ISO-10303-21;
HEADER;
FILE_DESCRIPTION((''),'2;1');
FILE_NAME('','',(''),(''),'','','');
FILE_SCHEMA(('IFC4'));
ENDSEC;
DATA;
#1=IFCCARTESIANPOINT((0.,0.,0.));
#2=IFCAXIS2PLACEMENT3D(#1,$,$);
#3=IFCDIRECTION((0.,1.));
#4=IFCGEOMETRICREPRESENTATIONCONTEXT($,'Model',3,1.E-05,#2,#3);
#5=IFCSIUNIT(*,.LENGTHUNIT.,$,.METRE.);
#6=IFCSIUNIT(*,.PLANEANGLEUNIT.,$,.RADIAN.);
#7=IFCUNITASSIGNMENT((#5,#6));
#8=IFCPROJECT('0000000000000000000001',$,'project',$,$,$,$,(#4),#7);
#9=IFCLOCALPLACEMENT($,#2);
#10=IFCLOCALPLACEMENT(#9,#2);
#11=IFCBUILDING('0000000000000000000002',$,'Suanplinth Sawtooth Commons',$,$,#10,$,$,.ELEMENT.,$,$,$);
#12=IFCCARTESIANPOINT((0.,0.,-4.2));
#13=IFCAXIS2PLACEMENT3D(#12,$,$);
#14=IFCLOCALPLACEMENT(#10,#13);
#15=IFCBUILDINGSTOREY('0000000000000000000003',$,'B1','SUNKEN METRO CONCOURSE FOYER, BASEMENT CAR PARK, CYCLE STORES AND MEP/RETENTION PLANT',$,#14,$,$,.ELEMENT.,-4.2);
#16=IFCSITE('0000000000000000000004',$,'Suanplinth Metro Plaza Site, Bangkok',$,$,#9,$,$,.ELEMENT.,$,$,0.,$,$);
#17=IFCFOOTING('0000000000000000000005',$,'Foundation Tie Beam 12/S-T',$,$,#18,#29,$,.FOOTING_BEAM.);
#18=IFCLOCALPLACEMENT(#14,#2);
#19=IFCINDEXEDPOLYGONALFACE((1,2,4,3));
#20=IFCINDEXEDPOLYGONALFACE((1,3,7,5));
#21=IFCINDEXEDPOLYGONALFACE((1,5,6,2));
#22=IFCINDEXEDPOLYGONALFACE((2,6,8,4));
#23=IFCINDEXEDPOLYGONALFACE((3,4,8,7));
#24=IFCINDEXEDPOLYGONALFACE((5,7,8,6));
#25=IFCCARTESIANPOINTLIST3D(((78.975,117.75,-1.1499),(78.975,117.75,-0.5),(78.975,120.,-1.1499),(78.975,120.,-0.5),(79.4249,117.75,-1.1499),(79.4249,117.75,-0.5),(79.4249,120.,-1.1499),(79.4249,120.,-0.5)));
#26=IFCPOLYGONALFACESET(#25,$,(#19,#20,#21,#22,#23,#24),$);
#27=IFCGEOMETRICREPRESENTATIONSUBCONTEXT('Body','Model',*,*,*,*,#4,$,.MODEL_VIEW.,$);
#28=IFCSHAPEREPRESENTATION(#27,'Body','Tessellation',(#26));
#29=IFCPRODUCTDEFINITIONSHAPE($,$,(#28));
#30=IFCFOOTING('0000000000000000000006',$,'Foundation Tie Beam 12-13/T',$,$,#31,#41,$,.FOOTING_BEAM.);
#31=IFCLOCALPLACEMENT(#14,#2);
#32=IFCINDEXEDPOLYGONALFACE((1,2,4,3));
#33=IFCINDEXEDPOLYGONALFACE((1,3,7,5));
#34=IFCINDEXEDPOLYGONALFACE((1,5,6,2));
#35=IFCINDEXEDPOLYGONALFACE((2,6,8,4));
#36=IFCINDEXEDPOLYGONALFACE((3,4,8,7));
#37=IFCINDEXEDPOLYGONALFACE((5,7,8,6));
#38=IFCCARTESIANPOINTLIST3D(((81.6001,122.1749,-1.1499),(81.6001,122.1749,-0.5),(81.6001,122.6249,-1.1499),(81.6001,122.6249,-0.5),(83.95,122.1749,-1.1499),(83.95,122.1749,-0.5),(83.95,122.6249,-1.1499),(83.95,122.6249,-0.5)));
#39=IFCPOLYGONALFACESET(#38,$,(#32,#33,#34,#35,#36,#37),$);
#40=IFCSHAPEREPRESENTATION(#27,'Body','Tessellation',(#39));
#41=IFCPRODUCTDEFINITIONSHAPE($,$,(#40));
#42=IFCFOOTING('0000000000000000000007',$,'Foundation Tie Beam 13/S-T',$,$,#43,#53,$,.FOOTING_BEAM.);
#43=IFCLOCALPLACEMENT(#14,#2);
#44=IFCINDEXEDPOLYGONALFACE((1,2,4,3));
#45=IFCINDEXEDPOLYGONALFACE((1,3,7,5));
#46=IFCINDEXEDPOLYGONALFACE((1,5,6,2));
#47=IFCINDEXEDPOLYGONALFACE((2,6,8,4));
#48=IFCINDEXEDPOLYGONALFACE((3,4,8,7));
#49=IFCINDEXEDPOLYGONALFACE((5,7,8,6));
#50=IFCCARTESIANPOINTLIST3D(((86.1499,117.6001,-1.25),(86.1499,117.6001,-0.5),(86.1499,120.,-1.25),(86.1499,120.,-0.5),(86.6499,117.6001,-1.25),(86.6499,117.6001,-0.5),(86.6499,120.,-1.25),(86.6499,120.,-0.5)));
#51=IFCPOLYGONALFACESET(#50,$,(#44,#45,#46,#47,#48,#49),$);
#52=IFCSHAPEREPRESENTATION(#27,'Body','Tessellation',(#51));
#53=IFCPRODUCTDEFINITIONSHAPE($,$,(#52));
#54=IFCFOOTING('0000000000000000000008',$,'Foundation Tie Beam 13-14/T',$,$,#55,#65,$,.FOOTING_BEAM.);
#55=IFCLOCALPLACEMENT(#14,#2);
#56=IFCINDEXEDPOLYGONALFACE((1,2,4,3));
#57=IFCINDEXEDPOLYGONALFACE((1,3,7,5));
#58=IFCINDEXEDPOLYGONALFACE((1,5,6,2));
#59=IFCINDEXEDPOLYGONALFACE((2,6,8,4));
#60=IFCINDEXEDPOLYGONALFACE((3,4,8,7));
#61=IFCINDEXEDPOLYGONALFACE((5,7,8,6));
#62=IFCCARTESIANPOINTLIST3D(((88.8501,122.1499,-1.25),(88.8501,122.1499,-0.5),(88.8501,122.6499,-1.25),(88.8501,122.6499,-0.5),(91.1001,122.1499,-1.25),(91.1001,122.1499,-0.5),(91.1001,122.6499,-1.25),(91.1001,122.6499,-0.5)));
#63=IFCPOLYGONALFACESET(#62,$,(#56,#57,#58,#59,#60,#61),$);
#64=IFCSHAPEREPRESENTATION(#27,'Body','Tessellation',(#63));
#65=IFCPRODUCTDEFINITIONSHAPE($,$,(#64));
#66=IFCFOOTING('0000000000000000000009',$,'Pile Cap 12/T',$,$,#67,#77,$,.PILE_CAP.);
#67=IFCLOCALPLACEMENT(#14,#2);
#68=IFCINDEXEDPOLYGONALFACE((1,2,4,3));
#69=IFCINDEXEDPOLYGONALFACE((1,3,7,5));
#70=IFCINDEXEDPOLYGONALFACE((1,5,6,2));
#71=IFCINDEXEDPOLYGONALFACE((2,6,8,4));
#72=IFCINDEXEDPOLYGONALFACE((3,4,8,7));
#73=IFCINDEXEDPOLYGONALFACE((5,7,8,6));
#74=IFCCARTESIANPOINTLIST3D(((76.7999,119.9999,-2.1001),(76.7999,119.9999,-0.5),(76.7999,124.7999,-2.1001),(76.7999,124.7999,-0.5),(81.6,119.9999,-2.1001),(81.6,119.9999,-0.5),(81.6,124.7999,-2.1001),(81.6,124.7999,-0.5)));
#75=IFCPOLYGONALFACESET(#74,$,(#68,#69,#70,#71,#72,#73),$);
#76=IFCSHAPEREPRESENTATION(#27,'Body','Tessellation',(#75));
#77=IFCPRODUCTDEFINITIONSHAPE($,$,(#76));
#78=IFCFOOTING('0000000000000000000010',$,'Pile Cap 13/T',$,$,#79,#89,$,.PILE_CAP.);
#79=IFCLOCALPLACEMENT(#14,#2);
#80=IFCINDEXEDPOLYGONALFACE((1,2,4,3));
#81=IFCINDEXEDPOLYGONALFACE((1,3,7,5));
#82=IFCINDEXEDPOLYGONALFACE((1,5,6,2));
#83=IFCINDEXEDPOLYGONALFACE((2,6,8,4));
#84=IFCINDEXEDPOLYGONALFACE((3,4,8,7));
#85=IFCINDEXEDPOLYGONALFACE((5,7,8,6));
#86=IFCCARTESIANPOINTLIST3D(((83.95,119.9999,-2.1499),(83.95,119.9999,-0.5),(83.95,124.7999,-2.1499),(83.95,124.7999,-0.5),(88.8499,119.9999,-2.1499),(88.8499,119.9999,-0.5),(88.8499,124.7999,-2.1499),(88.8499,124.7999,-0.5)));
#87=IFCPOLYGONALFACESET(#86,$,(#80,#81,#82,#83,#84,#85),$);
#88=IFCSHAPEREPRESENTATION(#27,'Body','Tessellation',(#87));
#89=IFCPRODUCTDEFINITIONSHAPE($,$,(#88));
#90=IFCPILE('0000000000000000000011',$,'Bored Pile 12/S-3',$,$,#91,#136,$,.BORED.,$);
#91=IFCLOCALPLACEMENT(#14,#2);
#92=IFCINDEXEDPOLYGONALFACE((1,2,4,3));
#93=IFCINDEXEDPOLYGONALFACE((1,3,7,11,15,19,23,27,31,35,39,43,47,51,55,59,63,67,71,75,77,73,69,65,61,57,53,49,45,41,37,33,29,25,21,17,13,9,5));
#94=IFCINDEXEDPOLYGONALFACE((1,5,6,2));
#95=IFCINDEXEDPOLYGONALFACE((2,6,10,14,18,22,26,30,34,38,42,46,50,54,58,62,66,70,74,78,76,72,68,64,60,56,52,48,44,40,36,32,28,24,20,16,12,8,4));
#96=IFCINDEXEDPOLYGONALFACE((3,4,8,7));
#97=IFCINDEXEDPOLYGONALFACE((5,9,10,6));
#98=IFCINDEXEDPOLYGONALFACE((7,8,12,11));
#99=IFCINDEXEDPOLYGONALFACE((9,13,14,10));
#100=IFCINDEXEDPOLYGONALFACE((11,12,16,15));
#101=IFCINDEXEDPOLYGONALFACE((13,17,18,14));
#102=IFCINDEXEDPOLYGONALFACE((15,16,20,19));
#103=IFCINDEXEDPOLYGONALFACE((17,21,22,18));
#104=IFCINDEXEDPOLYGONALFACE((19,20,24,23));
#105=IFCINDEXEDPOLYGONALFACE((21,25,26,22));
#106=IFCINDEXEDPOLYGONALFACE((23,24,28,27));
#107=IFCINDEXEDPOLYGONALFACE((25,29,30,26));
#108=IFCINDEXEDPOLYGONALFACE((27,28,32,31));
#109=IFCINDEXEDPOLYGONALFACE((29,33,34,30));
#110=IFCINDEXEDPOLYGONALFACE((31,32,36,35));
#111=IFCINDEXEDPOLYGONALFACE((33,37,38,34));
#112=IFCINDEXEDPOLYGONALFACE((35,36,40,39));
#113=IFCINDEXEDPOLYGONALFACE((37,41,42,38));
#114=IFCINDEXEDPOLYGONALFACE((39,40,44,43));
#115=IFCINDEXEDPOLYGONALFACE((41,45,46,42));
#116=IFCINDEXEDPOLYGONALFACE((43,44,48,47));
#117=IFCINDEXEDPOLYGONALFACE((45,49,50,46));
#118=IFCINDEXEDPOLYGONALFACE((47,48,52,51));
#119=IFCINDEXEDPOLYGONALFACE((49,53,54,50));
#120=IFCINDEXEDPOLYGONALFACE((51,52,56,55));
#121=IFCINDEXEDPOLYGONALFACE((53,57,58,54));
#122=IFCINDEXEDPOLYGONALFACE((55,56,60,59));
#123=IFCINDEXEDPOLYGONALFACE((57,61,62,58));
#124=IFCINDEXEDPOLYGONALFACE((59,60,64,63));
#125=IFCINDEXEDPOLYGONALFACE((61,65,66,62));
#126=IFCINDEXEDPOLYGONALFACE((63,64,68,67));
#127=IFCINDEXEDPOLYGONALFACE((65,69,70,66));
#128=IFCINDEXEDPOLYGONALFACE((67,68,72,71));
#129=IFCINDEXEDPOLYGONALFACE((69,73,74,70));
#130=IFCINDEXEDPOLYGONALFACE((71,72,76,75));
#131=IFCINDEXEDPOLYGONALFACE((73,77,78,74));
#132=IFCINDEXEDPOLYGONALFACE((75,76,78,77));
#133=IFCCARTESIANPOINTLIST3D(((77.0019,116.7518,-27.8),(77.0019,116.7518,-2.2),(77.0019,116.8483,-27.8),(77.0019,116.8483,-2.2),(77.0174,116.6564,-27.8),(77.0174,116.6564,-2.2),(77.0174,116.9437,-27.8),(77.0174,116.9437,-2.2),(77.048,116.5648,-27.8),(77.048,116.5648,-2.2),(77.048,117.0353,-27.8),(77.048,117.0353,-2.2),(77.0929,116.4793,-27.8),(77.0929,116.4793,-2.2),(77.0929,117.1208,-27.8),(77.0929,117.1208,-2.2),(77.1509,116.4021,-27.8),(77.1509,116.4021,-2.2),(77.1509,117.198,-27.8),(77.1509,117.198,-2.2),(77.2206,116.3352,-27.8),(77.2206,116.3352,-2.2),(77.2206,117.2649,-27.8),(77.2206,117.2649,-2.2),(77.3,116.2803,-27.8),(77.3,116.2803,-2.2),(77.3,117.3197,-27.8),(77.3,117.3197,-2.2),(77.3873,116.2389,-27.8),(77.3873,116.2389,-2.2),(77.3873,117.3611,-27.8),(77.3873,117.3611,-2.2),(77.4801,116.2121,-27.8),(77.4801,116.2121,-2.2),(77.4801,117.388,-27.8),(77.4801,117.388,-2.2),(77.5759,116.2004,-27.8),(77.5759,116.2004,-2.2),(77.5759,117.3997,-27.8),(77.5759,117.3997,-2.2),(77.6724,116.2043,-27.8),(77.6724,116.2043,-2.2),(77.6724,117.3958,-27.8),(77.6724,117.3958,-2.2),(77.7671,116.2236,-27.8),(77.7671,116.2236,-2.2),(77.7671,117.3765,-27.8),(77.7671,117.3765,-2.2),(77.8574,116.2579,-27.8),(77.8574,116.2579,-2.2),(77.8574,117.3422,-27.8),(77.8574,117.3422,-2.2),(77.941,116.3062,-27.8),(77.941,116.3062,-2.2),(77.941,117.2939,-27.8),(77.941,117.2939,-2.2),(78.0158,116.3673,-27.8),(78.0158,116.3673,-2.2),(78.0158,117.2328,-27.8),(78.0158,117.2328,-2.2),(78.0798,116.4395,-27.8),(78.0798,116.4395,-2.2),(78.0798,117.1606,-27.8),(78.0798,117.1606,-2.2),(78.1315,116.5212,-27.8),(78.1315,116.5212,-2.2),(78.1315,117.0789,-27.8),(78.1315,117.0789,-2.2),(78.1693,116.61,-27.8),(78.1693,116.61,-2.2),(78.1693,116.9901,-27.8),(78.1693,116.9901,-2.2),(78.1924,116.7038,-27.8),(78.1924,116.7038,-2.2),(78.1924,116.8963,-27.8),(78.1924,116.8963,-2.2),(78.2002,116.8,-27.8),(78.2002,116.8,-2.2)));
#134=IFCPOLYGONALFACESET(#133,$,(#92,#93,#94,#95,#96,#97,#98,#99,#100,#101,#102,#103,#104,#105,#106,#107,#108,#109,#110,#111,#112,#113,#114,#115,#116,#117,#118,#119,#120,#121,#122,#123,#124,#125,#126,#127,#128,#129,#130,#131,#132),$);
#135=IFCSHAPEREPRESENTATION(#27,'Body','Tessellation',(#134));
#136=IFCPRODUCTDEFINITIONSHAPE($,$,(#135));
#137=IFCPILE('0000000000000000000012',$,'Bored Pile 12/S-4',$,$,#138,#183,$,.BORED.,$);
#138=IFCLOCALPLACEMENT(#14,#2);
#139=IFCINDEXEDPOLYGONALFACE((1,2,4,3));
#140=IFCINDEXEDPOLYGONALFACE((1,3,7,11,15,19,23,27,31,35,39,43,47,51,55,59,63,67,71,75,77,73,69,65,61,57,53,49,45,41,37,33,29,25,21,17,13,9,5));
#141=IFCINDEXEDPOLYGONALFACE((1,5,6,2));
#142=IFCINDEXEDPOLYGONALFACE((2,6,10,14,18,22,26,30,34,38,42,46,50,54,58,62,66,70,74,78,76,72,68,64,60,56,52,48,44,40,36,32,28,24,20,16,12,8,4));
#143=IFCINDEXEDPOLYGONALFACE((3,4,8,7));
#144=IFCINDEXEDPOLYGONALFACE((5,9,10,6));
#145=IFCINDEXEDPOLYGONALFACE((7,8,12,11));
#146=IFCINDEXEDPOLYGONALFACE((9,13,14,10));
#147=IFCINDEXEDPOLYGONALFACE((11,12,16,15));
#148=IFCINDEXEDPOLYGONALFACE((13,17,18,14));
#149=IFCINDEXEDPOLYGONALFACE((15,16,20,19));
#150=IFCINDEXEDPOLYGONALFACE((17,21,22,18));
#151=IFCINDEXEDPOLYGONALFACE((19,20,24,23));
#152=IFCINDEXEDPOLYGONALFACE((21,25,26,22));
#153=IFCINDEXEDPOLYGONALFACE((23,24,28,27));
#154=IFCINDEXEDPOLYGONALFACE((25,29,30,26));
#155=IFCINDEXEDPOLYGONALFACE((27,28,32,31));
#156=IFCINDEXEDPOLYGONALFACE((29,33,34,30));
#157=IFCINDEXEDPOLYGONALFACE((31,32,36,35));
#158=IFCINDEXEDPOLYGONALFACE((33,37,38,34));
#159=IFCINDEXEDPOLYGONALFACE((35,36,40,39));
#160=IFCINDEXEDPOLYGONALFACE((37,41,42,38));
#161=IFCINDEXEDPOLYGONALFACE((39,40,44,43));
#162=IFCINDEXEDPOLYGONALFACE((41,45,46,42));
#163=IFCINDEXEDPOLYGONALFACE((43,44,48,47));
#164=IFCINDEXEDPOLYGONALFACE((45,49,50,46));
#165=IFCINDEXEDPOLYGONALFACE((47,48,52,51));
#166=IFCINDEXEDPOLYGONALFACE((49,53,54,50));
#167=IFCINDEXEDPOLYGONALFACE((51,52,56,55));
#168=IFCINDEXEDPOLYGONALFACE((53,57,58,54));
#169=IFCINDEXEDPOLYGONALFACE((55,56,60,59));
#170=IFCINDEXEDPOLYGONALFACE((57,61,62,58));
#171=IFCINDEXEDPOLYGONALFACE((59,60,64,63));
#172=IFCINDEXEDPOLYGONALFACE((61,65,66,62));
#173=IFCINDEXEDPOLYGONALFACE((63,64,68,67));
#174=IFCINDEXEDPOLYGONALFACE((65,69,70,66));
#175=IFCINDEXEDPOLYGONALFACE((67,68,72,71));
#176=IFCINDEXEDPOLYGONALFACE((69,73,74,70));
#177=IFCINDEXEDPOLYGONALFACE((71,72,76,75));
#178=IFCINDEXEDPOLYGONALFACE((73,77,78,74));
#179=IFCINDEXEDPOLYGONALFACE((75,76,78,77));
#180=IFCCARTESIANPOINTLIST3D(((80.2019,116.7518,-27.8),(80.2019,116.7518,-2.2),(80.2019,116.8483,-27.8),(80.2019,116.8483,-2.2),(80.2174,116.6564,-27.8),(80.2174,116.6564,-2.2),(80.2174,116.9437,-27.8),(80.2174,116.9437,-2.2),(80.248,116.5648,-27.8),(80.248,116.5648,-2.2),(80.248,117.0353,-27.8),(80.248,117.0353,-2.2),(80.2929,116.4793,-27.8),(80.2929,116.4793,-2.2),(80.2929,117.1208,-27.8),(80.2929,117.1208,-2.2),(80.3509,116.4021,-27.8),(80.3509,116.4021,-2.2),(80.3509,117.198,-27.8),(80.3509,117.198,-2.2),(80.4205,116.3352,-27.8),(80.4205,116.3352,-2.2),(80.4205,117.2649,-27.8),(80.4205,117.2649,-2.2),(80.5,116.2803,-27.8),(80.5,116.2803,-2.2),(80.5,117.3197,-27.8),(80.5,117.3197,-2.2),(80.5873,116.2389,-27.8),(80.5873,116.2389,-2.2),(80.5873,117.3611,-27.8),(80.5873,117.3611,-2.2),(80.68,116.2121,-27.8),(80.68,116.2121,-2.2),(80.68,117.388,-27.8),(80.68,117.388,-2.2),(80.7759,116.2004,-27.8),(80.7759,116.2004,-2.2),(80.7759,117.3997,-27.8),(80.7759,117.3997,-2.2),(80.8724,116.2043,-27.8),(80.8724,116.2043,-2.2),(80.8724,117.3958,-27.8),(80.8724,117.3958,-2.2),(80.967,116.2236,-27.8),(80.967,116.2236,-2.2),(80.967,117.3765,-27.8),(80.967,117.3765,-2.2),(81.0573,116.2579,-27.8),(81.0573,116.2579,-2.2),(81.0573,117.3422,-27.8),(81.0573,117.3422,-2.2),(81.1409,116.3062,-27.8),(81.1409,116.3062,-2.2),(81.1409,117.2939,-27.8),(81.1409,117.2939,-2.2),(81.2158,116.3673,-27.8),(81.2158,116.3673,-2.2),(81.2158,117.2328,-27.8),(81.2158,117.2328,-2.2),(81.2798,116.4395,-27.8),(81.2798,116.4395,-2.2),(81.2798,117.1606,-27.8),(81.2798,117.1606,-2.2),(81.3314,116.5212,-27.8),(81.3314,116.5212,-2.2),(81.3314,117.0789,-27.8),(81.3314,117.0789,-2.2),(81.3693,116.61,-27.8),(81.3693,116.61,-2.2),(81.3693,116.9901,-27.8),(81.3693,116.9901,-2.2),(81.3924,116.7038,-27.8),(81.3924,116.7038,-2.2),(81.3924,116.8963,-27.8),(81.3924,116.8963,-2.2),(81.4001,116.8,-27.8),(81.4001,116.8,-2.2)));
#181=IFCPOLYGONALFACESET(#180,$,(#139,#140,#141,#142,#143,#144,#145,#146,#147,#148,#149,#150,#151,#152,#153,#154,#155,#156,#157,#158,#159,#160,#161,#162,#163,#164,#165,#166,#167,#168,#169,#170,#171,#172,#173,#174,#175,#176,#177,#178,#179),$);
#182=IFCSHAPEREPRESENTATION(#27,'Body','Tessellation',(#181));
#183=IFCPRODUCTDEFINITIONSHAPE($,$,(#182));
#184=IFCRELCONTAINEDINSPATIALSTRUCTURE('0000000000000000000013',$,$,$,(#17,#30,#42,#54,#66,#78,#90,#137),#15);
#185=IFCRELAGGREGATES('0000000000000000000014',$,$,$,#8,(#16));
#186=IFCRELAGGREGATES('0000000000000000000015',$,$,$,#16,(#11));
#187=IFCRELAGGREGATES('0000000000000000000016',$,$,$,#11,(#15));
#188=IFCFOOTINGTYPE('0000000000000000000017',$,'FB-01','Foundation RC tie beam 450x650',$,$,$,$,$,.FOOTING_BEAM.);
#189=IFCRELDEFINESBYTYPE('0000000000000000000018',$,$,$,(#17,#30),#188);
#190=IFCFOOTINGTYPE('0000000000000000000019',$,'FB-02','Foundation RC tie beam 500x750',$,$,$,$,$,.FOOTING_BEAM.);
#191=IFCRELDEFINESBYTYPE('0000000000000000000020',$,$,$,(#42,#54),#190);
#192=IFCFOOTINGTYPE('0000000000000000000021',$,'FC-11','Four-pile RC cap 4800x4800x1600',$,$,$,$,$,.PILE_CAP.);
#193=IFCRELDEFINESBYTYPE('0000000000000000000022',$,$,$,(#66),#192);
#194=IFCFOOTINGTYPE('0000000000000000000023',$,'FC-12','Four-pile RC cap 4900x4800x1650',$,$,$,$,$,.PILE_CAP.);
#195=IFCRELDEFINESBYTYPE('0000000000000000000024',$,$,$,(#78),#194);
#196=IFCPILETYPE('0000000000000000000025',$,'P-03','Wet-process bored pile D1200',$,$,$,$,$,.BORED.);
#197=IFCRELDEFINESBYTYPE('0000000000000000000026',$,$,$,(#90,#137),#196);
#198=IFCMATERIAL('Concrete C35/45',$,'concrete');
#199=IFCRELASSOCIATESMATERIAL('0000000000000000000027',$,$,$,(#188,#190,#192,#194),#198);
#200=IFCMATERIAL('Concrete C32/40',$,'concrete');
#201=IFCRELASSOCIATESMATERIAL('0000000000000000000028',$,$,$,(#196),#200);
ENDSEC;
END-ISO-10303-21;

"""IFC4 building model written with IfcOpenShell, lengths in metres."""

from ifc_helpers import new_model, si_unit, direction, frame, origin, origin_2d, place, context, subcontext, project, spatial, rectangle, circle, extrude, material, material_profile, profile_set, type_object, element, save


model = new_model("IFC4")

# Units and contexts
model_context = context("Model", 3, precision=1e-05, world=origin(), true_north=direction((0.0, 1.0)))
body_context = subcontext(model_context, "Body", "Model", "MODEL_VIEW")
ifc_project = project(units=[si_unit("LENGTHUNIT", "METRE"), si_unit("PLANEANGLEUNIT", "RADIAN")], contexts=[model_context])

# Site, building, storey
site_placement = place(None, origin())
site = spatial("IfcSite", under=ifc_project, at=site_placement, Name="Suanplinth Metro Plaza Site, Bangkok", CompositionType="ELEMENT", RefElevation=0.0)
building_placement = place(site_placement, origin())
building = spatial("IfcBuilding", under=site, at=building_placement, Name="Suanplinth Sawtooth Commons", CompositionType="ELEMENT")
storey_placement = place(building_placement, frame((0.0, 0.0, -4.2)))
storey = spatial("IfcBuildingStorey", under=building, at=storey_placement, Name="B1", Description="SUNKEN METRO CONCOURSE FOYER, BASEMENT CAR PARK, CYCLE STORES AND MEP/RETENTION PLANT", CompositionType="ELEMENT", Elevation=-4.2)

# Footings
ifc_material_1 = material(Name="Concrete C35/45", Category="concrete")
ifc_material_profile_1 = material_profile(ifc_material_1, rectangle(XDim=0.45, YDim=0.6499, at=origin_2d()), Name="PC-GDR 450x650")
ifc_profile_set_1 = profile_set([ifc_material_profile_1], Name="Concrete C35/45")
footing_type_1 = type_object("IfcFootingType", Name="FB-01", Description="Foundation RC tie beam 450x650", PredefinedType="FOOTING_BEAM", material=ifc_profile_set_1)
footing_1_placement = place(storey_placement, frame((79.2, 117.75, -0.825), z_axis=(0.0, 1.0, 0.0), x_axis=(-1.0, 0.0, 0.0)))
element("IfcFooting", 1, at=footing_1_placement, inside=storey, type_object=footing_type_1, Name="Foundation Tie Beam 12/S-T", PredefinedType="FOOTING_BEAM", context=body_context, shape_type="SweptSolid", body=[
    extrude(rectangle(XDim=0.45, YDim=0.6499, at=origin_2d()), origin(), (0.0, 0.0, 1.0), 2.25),
])
footing_2_placement = place(storey_placement, frame((81.6001, 122.3999, -0.825), z_axis=(1.0, 0.0, 0.0), x_axis=(0.0, 1.0, 0.0)))
element("IfcFooting", 2, at=footing_2_placement, inside=storey, type_object=footing_type_1, Name="Foundation Tie Beam 12-13/T", PredefinedType="FOOTING_BEAM", context=body_context, shape_type="SweptSolid", body=[
    extrude(rectangle(XDim=0.45, YDim=0.6499, at=origin_2d()), origin(), (0.0, 0.0, 1.0), 2.3499),
])
ifc_material_profile_2 = material_profile(ifc_material_1, rectangle(XDim=0.5, YDim=0.75, at=origin_2d()), Name="RC-GDR 500x750")
ifc_profile_set_2 = profile_set([ifc_material_profile_2], Name="Concrete C35/45")
footing_type_2 = type_object("IfcFootingType", Name="FB-02", Description="Foundation RC tie beam 500x750", PredefinedType="FOOTING_BEAM", material=ifc_profile_set_2)
footing_3_placement = place(storey_placement, frame((86.3999, 117.6001, -0.875), z_axis=(0.0, 1.0, 0.0), x_axis=(-1.0, 0.0, 0.0)))
element("IfcFooting", 3, at=footing_3_placement, inside=storey, type_object=footing_type_2, Name="Foundation Tie Beam 13/S-T", PredefinedType="FOOTING_BEAM", context=body_context, shape_type="SweptSolid", body=[
    extrude(rectangle(XDim=0.5, YDim=0.75, at=origin_2d()), origin(), (0.0, 0.0, 1.0), 2.3999),
])
footing_4_placement = place(storey_placement, frame((88.8501, 122.3999, -0.875), z_axis=(1.0, 0.0, 0.0), x_axis=(0.0, 1.0, 0.0)))
element("IfcFooting", 4, at=footing_4_placement, inside=storey, type_object=footing_type_2, Name="Foundation Tie Beam 13-14/T", PredefinedType="FOOTING_BEAM", context=body_context, shape_type="SweptSolid", body=[
    extrude(rectangle(XDim=0.5, YDim=0.75, at=origin_2d()), origin(), (0.0, 0.0, 1.0), 2.25),
])
footing_type_3 = type_object("IfcFootingType", Name="FC-11", Description="Four-pile RC cap 4800x4800x1600", PredefinedType="PILE_CAP", material=ifc_material_1)
footing_5_placement = place(storey_placement, frame((79.2, 122.3999, -2.1001), z_axis=(0.0, 0.0, 1.0), x_axis=(1.0, 0.0, 0.0)))
element("IfcFooting", 5, at=footing_5_placement, inside=storey, type_object=footing_type_3, Name="Pile Cap 12/T", PredefinedType="PILE_CAP", context=body_context, shape_type="SweptSolid", body=[
    extrude(rectangle(XDim=4.8, YDim=4.8, at=origin_2d()), origin(), (0.0, 0.0, 1.0), 1.6001),
])
footing_type_4 = type_object("IfcFootingType", Name="FC-12", Description="Four-pile RC cap 4900x4800x1650", PredefinedType="PILE_CAP", material=ifc_material_1)
footing_6_placement = place(storey_placement, frame((86.3999, 122.3999, -2.1499), z_axis=(0.0, 0.0, 1.0), x_axis=(1.0, 0.0, 0.0)))
element("IfcFooting", 6, at=footing_6_placement, inside=storey, type_object=footing_type_4, Name="Pile Cap 13/T", PredefinedType="PILE_CAP", context=body_context, shape_type="SweptSolid", body=[
    extrude(rectangle(XDim=4.8999, YDim=4.8, at=origin_2d()), origin(), (0.0, 0.0, 1.0), 1.6499),
])

# Piles
ifc_material_2 = material(Name="Concrete C32/40", Category="concrete")
ifc_material_profile_3 = material_profile(ifc_material_2, circle(Radius=0.6001, at=origin_2d()), Name="PILE D1200")
ifc_profile_set_3 = profile_set([ifc_material_profile_3], Name="Concrete C32/40")
pile_type = type_object("IfcPileType", Name="P-03", Description="Wet-process bored pile D1200", PredefinedType="BORED", material=ifc_profile_set_3)
for number, where, z_axis, x_axis, name in (
    (7, (77.6001, 116.8, -2.2), (0.0, 0.0, -1.0), (1.0, 0.0, 0.0), "Bored Pile 12/S-3"),
    (8, (80.8, 116.8, -2.2), (0.0, 0.0, -1.0), (1.0, 0.0, 0.0), "Bored Pile 12/S-4"),
):
    element("IfcPile", number, at=place(storey_placement, frame(where, z_axis=z_axis, x_axis=x_axis)), inside=storey, type_object=pile_type, Name=name, PredefinedType="BORED", context=body_context, shape_type="SweptSolid", body=[
        extrude(circle(Radius=0.6001, at=origin_2d()), origin(), (0.0, 0.0, 1.0), 25.6001),
    ])

save(model, "model.ifc")
